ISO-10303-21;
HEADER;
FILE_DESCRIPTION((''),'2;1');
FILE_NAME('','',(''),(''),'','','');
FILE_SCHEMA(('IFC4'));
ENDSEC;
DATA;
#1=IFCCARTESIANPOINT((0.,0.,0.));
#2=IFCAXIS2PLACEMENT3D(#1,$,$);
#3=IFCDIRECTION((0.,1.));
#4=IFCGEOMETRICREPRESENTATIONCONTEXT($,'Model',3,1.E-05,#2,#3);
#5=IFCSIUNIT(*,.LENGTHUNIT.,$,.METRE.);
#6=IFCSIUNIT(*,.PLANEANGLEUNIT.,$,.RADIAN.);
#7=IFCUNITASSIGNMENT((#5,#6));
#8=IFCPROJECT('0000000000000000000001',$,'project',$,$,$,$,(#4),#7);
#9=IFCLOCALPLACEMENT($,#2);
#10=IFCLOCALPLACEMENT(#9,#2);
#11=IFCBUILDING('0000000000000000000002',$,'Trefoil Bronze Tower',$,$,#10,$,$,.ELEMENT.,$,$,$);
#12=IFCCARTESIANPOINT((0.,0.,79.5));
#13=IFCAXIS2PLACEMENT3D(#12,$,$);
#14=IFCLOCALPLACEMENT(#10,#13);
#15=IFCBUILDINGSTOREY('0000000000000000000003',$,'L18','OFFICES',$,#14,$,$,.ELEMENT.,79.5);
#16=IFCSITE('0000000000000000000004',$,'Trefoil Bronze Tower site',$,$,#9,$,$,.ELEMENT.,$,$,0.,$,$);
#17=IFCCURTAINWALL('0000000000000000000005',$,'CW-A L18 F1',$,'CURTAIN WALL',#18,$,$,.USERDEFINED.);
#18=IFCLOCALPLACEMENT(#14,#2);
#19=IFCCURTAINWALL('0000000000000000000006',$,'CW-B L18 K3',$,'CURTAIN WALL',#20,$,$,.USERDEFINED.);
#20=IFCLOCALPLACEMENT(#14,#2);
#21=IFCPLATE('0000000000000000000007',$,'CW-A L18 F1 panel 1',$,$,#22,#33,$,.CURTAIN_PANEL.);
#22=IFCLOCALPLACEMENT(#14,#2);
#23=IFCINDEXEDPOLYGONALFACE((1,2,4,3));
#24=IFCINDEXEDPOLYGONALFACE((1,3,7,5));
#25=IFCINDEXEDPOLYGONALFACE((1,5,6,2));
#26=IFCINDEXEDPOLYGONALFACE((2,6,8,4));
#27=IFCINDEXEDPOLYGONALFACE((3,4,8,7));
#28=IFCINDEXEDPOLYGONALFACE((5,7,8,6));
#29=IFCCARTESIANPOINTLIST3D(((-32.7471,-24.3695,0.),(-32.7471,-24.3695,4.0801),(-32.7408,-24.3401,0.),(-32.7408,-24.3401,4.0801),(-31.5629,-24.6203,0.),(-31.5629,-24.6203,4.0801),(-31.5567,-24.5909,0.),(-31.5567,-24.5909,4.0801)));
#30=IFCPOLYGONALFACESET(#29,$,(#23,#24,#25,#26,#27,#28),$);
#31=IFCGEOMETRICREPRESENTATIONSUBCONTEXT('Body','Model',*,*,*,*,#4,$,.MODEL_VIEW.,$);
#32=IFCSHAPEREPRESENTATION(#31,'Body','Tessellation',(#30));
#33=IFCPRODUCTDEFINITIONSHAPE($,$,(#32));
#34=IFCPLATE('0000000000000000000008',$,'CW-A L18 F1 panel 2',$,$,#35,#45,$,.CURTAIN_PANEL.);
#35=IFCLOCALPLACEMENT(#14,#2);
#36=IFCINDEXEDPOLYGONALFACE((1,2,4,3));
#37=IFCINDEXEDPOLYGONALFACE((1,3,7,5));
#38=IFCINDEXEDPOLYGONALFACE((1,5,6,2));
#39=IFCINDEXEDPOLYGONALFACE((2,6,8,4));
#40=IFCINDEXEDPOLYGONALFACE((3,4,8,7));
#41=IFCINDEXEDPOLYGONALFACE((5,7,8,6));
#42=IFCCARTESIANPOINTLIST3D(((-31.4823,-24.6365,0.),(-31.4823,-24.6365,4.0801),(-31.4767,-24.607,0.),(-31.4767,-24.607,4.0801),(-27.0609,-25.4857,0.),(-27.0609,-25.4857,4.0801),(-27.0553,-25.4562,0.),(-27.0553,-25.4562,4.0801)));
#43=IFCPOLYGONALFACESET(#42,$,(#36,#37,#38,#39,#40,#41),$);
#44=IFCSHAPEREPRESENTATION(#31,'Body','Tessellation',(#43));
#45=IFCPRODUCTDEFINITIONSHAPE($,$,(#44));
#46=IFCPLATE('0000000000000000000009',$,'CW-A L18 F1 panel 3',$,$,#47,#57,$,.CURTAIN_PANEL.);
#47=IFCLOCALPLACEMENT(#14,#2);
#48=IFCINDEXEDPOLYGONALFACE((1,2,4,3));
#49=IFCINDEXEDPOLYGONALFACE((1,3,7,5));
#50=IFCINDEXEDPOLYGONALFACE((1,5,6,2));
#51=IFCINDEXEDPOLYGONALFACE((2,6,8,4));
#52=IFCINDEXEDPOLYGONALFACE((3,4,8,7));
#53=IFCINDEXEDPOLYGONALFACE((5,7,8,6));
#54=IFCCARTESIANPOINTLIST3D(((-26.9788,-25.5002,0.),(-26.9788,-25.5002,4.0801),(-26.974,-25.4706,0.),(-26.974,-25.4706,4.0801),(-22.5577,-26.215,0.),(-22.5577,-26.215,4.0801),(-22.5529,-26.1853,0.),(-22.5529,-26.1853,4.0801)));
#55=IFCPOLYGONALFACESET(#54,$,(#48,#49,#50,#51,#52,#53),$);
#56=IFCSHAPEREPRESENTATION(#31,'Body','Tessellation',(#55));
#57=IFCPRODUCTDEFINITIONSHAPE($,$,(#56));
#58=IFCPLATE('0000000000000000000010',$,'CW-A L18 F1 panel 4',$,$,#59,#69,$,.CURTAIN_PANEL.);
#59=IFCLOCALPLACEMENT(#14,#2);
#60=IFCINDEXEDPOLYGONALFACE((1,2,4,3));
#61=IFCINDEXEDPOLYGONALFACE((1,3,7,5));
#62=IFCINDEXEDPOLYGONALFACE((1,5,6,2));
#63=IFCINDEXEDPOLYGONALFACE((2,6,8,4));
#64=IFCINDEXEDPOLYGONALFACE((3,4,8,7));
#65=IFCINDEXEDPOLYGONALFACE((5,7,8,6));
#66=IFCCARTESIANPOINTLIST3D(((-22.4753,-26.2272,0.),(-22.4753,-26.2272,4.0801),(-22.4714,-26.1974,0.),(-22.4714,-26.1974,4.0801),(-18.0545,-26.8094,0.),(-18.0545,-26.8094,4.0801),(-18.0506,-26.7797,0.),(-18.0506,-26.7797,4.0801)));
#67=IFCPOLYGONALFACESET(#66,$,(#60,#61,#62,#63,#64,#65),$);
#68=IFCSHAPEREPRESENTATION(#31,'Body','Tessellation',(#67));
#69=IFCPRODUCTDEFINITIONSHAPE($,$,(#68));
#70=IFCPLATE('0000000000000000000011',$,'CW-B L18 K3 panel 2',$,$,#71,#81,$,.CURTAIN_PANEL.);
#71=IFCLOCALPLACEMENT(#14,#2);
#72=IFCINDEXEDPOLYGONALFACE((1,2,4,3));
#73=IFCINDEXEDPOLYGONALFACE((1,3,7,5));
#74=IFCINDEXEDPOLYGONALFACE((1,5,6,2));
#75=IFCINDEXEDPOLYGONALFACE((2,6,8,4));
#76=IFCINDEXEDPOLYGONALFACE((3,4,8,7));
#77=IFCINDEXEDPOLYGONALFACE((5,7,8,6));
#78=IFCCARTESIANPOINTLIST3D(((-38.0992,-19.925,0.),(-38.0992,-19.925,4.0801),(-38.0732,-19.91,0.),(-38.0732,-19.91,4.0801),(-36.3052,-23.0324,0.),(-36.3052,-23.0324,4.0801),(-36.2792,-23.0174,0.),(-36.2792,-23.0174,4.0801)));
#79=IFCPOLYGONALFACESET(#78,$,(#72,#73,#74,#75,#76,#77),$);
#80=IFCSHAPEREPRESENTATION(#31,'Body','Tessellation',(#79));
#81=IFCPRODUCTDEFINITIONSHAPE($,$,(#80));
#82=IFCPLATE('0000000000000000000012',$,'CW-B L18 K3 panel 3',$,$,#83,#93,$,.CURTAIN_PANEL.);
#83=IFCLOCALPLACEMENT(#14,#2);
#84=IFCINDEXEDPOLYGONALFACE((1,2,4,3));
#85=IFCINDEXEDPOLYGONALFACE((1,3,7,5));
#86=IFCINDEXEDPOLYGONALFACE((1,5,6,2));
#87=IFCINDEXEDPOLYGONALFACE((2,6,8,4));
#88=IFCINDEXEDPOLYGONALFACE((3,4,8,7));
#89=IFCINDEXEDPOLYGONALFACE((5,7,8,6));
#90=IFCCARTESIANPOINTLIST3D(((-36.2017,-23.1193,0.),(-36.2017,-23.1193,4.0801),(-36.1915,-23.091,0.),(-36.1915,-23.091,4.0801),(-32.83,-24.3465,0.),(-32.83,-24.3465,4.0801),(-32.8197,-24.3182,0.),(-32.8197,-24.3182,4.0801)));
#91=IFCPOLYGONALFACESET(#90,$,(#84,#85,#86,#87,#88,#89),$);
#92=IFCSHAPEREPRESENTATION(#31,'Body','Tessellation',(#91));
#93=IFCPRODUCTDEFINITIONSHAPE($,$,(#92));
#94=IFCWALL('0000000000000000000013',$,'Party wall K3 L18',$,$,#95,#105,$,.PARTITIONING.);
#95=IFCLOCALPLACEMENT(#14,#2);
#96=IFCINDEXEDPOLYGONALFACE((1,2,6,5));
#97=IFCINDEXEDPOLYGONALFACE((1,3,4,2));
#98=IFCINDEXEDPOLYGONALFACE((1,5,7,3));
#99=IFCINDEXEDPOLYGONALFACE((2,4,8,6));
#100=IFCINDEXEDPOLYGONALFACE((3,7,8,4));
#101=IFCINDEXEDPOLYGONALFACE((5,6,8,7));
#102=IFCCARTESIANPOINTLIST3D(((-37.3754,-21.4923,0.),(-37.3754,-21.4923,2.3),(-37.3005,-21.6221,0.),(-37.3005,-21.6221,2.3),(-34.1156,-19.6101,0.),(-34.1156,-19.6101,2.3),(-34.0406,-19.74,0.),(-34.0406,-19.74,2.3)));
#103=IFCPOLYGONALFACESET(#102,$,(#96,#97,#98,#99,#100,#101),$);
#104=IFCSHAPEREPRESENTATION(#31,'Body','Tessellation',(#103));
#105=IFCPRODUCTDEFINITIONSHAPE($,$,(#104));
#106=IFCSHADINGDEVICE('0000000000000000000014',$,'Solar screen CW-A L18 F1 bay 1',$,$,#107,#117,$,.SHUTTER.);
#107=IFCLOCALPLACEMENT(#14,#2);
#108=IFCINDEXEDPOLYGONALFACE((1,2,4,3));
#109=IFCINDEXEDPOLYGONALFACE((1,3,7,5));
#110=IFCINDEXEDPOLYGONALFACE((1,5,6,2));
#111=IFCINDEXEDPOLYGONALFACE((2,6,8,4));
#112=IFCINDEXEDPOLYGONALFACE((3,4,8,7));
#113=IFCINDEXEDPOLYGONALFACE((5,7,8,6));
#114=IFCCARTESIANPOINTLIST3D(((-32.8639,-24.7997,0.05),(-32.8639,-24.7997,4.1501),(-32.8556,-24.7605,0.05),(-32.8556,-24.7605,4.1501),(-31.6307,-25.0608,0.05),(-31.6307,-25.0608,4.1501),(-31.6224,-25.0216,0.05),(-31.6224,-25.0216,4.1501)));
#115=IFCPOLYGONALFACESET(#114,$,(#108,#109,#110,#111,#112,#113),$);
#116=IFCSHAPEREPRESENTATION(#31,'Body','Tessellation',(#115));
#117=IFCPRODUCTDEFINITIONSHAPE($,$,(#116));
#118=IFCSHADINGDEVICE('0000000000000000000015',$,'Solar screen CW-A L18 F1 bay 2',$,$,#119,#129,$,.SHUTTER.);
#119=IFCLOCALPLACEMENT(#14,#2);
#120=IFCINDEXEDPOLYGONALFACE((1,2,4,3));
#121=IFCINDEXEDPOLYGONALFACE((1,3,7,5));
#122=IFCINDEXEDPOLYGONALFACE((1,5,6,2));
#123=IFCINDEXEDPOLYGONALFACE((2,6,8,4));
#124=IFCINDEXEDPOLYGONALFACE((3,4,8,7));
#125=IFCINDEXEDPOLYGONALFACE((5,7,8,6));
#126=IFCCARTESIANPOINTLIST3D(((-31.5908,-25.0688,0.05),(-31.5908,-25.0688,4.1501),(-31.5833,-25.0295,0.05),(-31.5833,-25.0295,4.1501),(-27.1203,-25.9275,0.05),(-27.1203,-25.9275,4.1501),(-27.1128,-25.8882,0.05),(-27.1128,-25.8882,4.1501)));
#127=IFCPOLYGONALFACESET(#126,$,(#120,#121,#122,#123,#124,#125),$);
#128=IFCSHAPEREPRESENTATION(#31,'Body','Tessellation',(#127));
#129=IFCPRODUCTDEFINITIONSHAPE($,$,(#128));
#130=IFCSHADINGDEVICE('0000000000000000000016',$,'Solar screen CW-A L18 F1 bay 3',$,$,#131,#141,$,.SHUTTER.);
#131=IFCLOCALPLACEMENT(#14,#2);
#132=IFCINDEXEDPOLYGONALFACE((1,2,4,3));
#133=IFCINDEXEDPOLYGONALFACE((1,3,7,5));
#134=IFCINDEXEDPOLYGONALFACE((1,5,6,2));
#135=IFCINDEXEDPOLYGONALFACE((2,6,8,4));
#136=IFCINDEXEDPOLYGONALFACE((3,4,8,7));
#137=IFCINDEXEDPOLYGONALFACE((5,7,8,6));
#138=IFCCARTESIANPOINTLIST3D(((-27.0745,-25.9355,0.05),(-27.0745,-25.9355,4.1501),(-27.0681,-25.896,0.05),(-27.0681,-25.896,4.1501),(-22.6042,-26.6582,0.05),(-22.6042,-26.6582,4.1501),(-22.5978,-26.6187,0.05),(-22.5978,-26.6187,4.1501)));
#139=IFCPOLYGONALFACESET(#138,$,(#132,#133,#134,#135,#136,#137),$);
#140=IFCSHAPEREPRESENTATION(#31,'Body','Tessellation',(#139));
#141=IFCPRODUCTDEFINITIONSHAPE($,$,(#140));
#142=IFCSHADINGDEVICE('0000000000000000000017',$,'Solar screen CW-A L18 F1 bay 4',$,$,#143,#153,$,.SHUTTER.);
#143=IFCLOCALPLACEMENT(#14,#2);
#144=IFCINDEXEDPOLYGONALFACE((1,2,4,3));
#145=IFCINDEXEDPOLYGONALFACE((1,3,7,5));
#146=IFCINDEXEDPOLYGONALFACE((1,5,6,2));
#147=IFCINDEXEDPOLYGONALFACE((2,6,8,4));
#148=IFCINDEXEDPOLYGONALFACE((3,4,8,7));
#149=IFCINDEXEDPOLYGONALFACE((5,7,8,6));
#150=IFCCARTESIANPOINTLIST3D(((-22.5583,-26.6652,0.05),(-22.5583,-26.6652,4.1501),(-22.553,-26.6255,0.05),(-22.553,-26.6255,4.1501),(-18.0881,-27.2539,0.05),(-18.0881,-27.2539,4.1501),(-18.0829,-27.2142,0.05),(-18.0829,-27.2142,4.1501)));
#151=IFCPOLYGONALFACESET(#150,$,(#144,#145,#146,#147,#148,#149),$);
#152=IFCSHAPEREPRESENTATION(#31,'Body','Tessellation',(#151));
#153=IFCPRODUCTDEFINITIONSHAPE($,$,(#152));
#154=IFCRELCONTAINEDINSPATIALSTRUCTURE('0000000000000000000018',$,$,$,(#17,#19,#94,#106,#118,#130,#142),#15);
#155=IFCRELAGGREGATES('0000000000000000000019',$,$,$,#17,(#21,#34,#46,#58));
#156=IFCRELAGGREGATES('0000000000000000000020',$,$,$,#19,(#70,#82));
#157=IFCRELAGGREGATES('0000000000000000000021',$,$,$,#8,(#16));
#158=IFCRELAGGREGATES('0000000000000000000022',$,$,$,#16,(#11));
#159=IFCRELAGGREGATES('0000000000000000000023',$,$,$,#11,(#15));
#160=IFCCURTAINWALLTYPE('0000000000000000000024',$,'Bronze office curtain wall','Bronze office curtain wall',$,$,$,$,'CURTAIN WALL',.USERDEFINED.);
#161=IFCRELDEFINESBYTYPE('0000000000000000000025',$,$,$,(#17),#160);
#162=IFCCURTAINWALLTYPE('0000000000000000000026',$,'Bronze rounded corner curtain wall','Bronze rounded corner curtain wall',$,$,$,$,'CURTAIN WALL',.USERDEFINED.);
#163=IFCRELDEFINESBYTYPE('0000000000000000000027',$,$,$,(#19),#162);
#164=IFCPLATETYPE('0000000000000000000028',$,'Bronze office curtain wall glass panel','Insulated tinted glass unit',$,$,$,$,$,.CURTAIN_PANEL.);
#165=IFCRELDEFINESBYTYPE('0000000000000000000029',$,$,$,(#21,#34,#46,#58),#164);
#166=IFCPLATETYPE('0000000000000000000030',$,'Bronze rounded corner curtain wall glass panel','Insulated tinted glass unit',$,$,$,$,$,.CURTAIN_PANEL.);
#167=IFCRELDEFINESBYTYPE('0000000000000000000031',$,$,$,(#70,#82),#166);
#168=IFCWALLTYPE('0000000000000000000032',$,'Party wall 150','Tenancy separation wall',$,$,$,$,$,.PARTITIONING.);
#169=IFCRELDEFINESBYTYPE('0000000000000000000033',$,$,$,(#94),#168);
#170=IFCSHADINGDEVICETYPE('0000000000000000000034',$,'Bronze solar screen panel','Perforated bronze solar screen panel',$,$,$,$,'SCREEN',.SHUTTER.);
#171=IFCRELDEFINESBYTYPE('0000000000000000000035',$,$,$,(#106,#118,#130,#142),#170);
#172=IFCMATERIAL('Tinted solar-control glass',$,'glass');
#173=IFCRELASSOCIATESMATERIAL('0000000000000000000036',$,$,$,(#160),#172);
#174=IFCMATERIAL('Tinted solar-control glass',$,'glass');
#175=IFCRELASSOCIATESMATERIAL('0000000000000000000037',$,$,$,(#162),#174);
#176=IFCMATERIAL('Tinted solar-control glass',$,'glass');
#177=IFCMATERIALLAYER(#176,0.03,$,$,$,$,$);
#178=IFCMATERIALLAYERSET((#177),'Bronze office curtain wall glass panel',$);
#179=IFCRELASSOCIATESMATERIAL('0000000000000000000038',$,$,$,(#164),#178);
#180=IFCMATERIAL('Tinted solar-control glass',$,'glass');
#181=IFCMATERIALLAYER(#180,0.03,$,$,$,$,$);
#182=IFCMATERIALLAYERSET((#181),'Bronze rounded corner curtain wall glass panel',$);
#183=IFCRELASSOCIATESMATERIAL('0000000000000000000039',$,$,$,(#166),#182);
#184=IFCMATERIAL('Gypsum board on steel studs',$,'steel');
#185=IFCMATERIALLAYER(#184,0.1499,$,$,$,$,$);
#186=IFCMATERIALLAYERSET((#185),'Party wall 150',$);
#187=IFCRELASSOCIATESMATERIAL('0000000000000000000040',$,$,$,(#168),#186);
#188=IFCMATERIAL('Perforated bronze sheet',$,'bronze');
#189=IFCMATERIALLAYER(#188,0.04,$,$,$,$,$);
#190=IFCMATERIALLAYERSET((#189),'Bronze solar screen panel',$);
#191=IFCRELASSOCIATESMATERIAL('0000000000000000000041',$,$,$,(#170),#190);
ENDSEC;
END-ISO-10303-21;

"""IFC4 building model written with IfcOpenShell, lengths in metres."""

from ifc_helpers import new_model, si_unit, direction, frame, frame_2d, origin, origin_2d, place, context, subcontext, project, spatial, rectangle, extrude, material, layer, layer_set, type_object, element, aggregate, save


model = new_model("IFC4")

# Units and contexts
model_context = context("Model", 3, precision=1e-05, world=origin(), true_north=direction((0.0, 1.0)))
body_context = subcontext(model_context, "Body", "Model", "MODEL_VIEW")
ifc_project = project(units=[si_unit("LENGTHUNIT", "METRE"), si_unit("PLANEANGLEUNIT", "RADIAN")], contexts=[model_context])

# Site, building, storey
site_placement = place(None, origin())
site = spatial("IfcSite", under=ifc_project, at=site_placement, Name="Trefoil Bronze Tower site", CompositionType="ELEMENT", RefElevation=0.0)
building_placement = place(site_placement, origin())
building = spatial("IfcBuilding", under=site, at=building_placement, Name="Trefoil Bronze Tower", CompositionType="ELEMENT")
storey_placement = place(building_placement, frame((0.0, 0.0, 79.5)))
storey = spatial("IfcBuildingStorey", under=building, at=storey_placement, Name="L18", Description="OFFICES", CompositionType="ELEMENT", Elevation=79.5)

# Curtain walls
ifc_material_1 = material(Name="Tinted solar-control glass", Category="glass")
curtain_wall_type_1 = type_object("IfcCurtainWallType", Name="Bronze office curtain wall", Description="Bronze office curtain wall", ElementType="CURTAIN WALL", PredefinedType="USERDEFINED", material=ifc_material_1)
curtain_wall_1_placement = place(storey_placement, origin())
curtain_wall_1 = element("IfcCurtainWall", 1, at=curtain_wall_1_placement, inside=storey, type_object=curtain_wall_type_1, Name="CW-A L18 F1", ObjectType="CURTAIN WALL", PredefinedType="USERDEFINED")
ifc_material_2 = material(Name="Tinted solar-control glass", Category="glass")
curtain_wall_type_2 = type_object("IfcCurtainWallType", Name="Bronze rounded corner curtain wall", Description="Bronze rounded corner curtain wall", ElementType="CURTAIN WALL", PredefinedType="USERDEFINED", material=ifc_material_2)
curtain_wall_2_placement = place(storey_placement, origin())
curtain_wall_2 = element("IfcCurtainWall", 2, at=curtain_wall_2_placement, inside=storey, type_object=curtain_wall_type_2, Name="CW-B L18 K3", ObjectType="CURTAIN WALL", PredefinedType="USERDEFINED")

# Plates
ifc_material_3 = material(Name="Tinted solar-control glass", Category="glass")
ifc_layer_1 = layer(ifc_material_3, 0.03)
ifc_layer_set_1 = layer_set([ifc_layer_1], Name="Bronze office curtain wall glass panel")
plate_type_1 = type_object("IfcPlateType", Name="Bronze office curtain wall glass panel", Description="Insulated tinted glass unit", PredefinedType="CURTAIN_PANEL", material=ifc_layer_set_1)
plate_1_placement = place(storey_placement, frame((-32.1519, -24.4802, 0.0), z_axis=(0.0, 0.0, 1.0), x_axis=(0.978303, -0.207181, 0.0)))
plate_1 = element("IfcPlate", 3, at=plate_1_placement, type_object=plate_type_1, Name="CW-A L18 F1 panel 1", PredefinedType="CURTAIN_PANEL", context=body_context, shape_type="SweptSolid", body=[
    extrude(rectangle(XDim=1.2104, YDim=0.03, at=origin_2d()), origin(), (0.0, 0.0, 1.0), 4.0801),
])
plate_2_placement = place(storey_placement, frame((-29.2688, -25.0464, 0.0), z_axis=(0.0, 0.0, 1.0), x_axis=(0.98205, -0.188622, 0.0)))
plate_2 = element("IfcPlate", 4, at=plate_2_placement, type_object=plate_type_1, Name="CW-A L18 F1 panel 2", PredefinedType="CURTAIN_PANEL", context=body_context, shape_type="SweptSolid", body=[
    extrude(rectangle(XDim=4.5022, YDim=0.03, at=origin_2d()), origin(), (0.0, 0.0, 1.0), 4.0801),
])
plate_3_placement = place(storey_placement, frame((-24.7659, -25.8428, 0.0), z_axis=(0.0, 0.0, 1.0), x_axis=(0.987181, -0.159603, 0.0)))
plate_3 = element("IfcPlate", 5, at=plate_3_placement, type_object=plate_type_1, Name="CW-A L18 F1 panel 3", PredefinedType="CURTAIN_PANEL", context=body_context, shape_type="SweptSolid", body=[
    extrude(rectangle(XDim=4.4785, YDim=0.03, at=origin_2d()), origin(), (0.0, 0.0, 1.0), 4.0801),
])
plate_4_placement = place(storey_placement, frame((-20.2629, -26.5034, 0.0), z_axis=(0.0, 0.0, 1.0), x_axis=(0.991437, -0.130584, 0.0)))
plate_4 = element("IfcPlate", 6, at=plate_4_placement, type_object=plate_type_1, Name="CW-A L18 F1 panel 4", PredefinedType="CURTAIN_PANEL", context=body_context, shape_type="SweptSolid", body=[
    extrude(rectangle(XDim=4.459, YDim=0.03, at=origin_2d()), origin(), (0.0, 0.0, 1.0), 4.0801),
])
aggregate(curtain_wall_1, [plate_1, plate_2, plate_3, plate_4])
ifc_material_4 = material(Name="Tinted solar-control glass", Category="glass")
ifc_layer_2 = layer(ifc_material_4, 0.03)
ifc_layer_set_2 = layer_set([ifc_layer_2], Name="Bronze rounded corner curtain wall glass panel")
plate_type_2 = type_object("IfcPlateType", Name="Bronze rounded corner curtain wall glass panel", Description="Insulated tinted glass unit", PredefinedType="CURTAIN_PANEL", material=ifc_layer_set_2)
plate_5_placement = place(storey_placement, frame((-37.1892, -21.4712, 0.0), z_axis=(0.0, 0.0, 1.0), x_axis=(0.5, -0.866025, 0.0)))
plate_5 = element("IfcPlate", 7, at=plate_5_placement, type_object=plate_type_2, Name="CW-B L18 K3 panel 2", PredefinedType="CURTAIN_PANEL", context=body_context, shape_type="SweptSolid", body=[
    extrude(rectangle(XDim=3.5881, YDim=0.03, at=origin_2d()), origin(), (0.0, 0.0, 1.0), 4.0801),
])
plate_6_placement = place(storey_placement, frame((-34.5107, -23.7188, 0.0), z_axis=(0.0, 0.0, 1.0), x_axis=(0.939693, -0.34202, 0.0)))
plate_6 = element("IfcPlate", 8, at=plate_6_placement, type_object=plate_type_2, Name="CW-B L18 K3 panel 3", PredefinedType="CURTAIN_PANEL", context=body_context, shape_type="SweptSolid", body=[
    extrude(rectangle(XDim=3.5881, YDim=0.03, at=origin_2d()), origin(), (0.0, 0.0, 1.0), 4.0801),
])
aggregate(curtain_wall_2, [plate_5, plate_6])

# Wall
ifc_material_5 = material(Name="Gypsum board on steel studs", Category="steel")
ifc_layer_3 = layer(ifc_material_5, 0.1499)
ifc_layer_set_3 = layer_set([ifc_layer_3], Name="Party wall 150")
wall_type = type_object("IfcWallType", Name="Party wall 150", Description="Tenancy separation wall", PredefinedType="PARTITIONING", material=ifc_layer_set_3)
wall_placement = place(storey_placement, frame((-34.0781, -19.675, 0.0), z_axis=(0.0, 0.0, 1.0), x_axis=(-0.866019, -0.500011, 0.0)))
element("IfcWall", 9, at=wall_placement, inside=storey, type_object=wall_type, Name="Party wall K3 L18", PredefinedType="PARTITIONING", context=body_context, shape_type="SweptSolid", body=[
    extrude(rectangle(XDim=3.7642, YDim=0.1499, at=frame_2d((1.8821, 0.0))), origin(), (0.0, 0.0, 1.0), 2.3),
])

# Shading devices
ifc_material_6 = material(Name="Perforated bronze sheet", Category="bronze")
ifc_layer_4 = layer(ifc_material_6, 0.04)
ifc_layer_set_4 = layer_set([ifc_layer_4], Name="Bronze solar screen panel")
shading_device_type = type_object("IfcShadingDeviceType", Name="Bronze solar screen panel", Description="Perforated bronze solar screen panel", ElementType="SCREEN", PredefinedType="SHUTTER", material=ifc_layer_set_4)
shading_device_1_placement = place(storey_placement, frame((-32.2432, -24.9106, 0.05), z_axis=(0.0, 0.0, 1.0), x_axis=(0.978303, -0.207181, 0.0)))
element("IfcShadingDevice", 10, at=shading_device_1_placement, inside=storey, type_object=shading_device_type, Name="Solar screen CW-A L18 F1 bay 1", PredefinedType="SHUTTER", context=body_context, shape_type="SweptSolid", body=[
    extrude(rectangle(XDim=1.2605, YDim=0.04, at=origin_2d()), origin(), (0.0, 0.0, 1.0), 4.1001),
])
shading_device_2_placement = place(storey_placement, frame((-29.3518, -25.4785, 0.05), z_axis=(0.0, 0.0, 1.0), x_axis=(0.98205, -0.188622, 0.0)))
element("IfcShadingDevice", 11, at=shading_device_2_placement, inside=storey, type_object=shading_device_type, Name="Solar screen CW-A L18 F1 bay 2", PredefinedType="SHUTTER", context=body_context, shape_type="SweptSolid", body=[
    extrude(rectangle(XDim=4.5522, YDim=0.04, at=origin_2d()), origin(), (0.0, 0.0, 1.0), 4.1001),
])
shading_device_3_placement = place(storey_placement, frame((-24.8362, -26.2771, 0.05), z_axis=(0.0, 0.0, 1.0), x_axis=(0.987181, -0.159603, 0.0)))
element("IfcShadingDevice", 12, at=shading_device_3_placement, inside=storey, type_object=shading_device_type, Name="Solar screen CW-A L18 F1 bay 3", PredefinedType="SHUTTER", context=body_context, shape_type="SweptSolid", body=[
    extrude(rectangle(XDim=4.5283, YDim=0.04, at=origin_2d()), origin(), (0.0, 0.0, 1.0), 4.1001),
])
shading_device_4_placement = place(storey_placement, frame((-20.3206, -26.9397, 0.05), z_axis=(0.0, 0.0, 1.0), x_axis=(0.991437, -0.130584, 0.0)))
element("IfcShadingDevice", 13, at=shading_device_4_placement, inside=storey, type_object=shading_device_type, Name="Solar screen CW-A L18 F1 bay 4", PredefinedType="SHUTTER", context=body_context, shape_type="SweptSolid", body=[
    extrude(rectangle(XDim=4.5088, YDim=0.04, at=origin_2d()), origin(), (0.0, 0.0, 1.0), 4.1001),
])

save(model, "model.ifc")
